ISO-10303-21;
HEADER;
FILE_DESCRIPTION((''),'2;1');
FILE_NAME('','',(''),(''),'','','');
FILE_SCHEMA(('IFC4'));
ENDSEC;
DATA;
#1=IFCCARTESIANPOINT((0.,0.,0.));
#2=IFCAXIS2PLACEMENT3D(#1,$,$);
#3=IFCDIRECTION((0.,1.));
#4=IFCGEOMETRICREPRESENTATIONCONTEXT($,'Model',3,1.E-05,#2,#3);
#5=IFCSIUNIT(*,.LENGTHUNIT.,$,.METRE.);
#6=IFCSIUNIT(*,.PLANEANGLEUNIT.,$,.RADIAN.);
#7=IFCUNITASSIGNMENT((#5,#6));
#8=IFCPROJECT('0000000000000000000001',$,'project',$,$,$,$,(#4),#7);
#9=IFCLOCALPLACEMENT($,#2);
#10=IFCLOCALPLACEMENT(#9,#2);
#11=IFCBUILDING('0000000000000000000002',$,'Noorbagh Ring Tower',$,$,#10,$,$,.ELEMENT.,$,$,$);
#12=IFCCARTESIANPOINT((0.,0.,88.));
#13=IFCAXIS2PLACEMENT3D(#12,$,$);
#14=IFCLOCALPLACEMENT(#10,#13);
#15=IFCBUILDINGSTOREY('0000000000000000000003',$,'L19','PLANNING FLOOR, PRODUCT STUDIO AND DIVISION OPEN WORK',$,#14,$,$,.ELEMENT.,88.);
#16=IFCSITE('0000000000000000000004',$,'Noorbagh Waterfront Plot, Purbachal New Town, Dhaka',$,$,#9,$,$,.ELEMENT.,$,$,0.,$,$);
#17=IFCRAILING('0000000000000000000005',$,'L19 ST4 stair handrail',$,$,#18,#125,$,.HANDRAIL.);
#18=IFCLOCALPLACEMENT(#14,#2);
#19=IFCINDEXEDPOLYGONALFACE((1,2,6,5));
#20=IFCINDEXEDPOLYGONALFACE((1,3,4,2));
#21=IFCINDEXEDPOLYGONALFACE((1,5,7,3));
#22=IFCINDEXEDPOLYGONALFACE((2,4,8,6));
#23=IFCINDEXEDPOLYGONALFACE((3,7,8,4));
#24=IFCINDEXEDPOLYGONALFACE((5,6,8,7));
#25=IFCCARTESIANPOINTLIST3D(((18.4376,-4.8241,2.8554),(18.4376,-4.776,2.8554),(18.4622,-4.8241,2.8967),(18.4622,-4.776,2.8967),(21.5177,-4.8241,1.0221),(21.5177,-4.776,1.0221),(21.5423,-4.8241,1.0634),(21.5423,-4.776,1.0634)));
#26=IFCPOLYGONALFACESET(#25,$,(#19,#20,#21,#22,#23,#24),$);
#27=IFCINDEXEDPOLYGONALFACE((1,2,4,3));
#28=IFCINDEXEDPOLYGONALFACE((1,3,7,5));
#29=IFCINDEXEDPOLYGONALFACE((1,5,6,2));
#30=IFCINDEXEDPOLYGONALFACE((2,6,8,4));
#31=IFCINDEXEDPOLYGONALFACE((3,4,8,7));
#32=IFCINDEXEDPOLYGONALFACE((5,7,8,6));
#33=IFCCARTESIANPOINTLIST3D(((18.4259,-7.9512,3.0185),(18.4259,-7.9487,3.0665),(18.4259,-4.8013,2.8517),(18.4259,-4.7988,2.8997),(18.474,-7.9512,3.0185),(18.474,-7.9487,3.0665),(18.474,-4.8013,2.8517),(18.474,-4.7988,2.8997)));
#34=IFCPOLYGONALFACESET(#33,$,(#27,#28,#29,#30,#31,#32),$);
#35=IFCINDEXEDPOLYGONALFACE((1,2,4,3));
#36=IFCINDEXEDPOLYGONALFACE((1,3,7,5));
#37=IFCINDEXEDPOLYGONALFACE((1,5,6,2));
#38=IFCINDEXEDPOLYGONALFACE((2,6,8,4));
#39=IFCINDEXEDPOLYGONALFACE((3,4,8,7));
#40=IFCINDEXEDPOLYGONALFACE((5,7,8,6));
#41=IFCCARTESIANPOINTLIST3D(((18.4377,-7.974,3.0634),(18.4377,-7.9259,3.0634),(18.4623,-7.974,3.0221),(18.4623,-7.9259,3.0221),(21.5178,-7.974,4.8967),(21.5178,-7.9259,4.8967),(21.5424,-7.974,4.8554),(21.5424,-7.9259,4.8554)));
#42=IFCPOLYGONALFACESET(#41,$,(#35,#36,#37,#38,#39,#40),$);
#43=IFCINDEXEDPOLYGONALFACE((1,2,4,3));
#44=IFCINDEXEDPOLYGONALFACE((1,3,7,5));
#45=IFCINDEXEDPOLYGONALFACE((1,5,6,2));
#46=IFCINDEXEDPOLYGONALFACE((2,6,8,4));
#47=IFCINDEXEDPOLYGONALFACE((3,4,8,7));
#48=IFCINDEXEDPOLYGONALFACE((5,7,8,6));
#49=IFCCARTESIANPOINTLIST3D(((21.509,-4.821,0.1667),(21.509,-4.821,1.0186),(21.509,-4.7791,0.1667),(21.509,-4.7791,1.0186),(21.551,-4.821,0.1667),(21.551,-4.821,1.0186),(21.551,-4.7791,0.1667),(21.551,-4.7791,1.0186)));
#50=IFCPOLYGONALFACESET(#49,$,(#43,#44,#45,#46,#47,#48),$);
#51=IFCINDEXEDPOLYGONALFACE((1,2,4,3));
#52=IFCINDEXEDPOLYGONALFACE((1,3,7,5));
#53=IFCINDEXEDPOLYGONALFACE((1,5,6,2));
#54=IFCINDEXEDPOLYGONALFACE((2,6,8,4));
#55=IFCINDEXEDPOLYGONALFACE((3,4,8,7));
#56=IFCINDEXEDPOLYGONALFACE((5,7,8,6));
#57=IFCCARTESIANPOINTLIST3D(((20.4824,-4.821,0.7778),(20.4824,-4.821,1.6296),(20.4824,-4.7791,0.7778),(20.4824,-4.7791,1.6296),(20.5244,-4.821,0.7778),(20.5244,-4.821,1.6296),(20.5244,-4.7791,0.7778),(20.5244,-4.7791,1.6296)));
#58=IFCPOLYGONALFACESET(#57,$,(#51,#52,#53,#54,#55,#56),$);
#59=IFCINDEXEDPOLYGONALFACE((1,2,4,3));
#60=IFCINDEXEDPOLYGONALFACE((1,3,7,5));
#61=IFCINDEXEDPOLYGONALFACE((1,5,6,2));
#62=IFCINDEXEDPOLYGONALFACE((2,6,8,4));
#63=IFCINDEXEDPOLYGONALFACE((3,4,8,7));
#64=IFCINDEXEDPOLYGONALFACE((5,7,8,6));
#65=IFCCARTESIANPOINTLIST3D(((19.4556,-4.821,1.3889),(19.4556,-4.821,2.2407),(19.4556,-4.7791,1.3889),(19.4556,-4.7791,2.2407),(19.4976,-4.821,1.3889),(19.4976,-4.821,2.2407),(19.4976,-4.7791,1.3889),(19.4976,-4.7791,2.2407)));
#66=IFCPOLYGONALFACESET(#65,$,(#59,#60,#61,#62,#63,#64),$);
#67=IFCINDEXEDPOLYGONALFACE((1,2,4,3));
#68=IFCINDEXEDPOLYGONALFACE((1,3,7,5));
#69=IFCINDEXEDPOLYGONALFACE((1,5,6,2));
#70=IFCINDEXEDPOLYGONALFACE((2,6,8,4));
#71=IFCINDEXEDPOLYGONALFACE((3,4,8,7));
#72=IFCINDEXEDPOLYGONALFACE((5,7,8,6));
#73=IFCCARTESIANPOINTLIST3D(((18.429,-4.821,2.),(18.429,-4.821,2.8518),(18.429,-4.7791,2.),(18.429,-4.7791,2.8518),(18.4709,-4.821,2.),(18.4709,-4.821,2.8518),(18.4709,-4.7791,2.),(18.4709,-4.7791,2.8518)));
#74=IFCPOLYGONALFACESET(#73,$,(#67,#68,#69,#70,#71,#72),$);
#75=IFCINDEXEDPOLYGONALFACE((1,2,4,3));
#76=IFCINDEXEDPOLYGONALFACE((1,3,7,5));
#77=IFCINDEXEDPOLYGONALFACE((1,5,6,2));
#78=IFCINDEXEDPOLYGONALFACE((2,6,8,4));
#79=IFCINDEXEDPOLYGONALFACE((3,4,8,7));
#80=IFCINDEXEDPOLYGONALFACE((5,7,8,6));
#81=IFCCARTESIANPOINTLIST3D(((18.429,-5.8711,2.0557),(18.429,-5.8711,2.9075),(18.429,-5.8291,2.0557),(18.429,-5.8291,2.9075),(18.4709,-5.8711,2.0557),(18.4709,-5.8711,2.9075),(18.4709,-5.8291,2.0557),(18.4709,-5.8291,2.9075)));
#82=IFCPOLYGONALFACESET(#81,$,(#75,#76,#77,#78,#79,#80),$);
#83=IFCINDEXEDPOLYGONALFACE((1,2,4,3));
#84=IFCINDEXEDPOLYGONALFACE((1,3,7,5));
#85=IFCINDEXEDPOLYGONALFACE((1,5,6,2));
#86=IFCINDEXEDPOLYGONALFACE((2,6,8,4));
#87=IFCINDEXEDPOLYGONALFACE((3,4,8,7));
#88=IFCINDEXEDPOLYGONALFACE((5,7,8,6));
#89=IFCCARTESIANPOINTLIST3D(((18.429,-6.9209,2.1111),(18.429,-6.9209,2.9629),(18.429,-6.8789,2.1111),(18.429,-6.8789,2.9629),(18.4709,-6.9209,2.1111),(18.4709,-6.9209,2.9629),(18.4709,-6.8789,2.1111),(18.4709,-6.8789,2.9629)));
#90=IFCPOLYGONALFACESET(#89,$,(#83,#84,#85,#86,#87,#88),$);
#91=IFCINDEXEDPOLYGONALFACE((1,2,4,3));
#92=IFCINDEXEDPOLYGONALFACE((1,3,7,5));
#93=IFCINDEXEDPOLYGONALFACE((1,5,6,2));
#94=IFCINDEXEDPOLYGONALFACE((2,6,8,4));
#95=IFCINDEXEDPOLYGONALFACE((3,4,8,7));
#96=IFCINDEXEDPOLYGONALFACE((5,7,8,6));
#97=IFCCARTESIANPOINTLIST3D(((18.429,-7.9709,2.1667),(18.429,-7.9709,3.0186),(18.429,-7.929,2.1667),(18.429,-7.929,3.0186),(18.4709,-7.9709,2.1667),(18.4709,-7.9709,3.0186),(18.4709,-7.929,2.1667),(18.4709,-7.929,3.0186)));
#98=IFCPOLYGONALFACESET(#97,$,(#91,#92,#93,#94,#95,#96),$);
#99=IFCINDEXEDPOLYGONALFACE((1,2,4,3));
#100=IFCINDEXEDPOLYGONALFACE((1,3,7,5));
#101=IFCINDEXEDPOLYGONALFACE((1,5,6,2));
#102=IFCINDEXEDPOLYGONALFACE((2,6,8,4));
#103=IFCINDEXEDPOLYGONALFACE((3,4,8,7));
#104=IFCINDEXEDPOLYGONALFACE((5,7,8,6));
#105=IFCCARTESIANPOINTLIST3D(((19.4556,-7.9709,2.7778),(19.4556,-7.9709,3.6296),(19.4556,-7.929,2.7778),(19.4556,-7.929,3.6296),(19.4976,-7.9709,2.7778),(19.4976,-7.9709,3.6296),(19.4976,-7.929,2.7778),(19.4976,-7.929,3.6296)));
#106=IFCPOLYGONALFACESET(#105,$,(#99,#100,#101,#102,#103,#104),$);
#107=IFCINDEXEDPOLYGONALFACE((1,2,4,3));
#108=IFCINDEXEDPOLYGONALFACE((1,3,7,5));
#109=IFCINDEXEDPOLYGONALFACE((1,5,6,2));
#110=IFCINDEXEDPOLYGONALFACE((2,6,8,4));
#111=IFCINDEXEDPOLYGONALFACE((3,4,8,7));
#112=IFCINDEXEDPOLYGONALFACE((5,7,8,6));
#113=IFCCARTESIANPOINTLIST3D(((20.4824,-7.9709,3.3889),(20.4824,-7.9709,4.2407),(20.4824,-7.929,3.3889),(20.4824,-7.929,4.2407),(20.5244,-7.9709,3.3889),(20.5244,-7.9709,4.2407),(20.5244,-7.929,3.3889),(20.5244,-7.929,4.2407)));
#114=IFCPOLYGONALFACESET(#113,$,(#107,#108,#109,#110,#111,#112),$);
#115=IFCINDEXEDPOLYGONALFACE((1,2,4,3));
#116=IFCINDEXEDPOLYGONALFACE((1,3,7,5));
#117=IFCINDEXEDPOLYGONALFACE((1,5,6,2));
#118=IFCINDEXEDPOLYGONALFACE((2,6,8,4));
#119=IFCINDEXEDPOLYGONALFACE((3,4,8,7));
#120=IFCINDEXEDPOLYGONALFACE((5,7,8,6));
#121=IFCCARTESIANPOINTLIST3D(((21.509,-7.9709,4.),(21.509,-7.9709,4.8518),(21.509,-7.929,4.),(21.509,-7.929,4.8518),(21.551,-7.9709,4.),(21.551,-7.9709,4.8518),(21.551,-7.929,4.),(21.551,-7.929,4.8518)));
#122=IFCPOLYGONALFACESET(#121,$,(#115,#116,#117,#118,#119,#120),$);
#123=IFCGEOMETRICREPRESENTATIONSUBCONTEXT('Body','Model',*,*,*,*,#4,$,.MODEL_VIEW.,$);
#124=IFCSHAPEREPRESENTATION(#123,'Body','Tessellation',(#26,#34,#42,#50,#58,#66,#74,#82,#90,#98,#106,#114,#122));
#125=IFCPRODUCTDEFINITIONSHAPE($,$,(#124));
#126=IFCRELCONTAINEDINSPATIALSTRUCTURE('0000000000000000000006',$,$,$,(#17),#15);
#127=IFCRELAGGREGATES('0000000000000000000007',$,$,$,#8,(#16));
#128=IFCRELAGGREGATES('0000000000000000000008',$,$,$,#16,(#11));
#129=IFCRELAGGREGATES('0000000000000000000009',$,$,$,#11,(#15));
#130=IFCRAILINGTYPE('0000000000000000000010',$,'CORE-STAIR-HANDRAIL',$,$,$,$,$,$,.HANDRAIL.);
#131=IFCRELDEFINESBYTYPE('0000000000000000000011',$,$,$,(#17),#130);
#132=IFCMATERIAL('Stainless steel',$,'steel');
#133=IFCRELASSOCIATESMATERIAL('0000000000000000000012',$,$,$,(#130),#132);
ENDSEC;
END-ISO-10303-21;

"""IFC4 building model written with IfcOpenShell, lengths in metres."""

from ifc_helpers import new_model, si_unit, direction, frame, origin, origin_2d, place, context, subcontext, project, spatial, rectangle, extrude, material, type_object, element, save


model = new_model("IFC4")

# Units and contexts
model_context = context("Model", 3, precision=1e-05, world=origin(), true_north=direction((0.0, 1.0)))
body_context = subcontext(model_context, "Body", "Model", "MODEL_VIEW")
ifc_project = project(units=[si_unit("LENGTHUNIT", "METRE"), si_unit("PLANEANGLEUNIT", "RADIAN")], contexts=[model_context])

# Site, building, storey
site_placement = place(None, origin())
site = spatial("IfcSite", under=ifc_project, at=site_placement, Name="Noorbagh Waterfront Plot, Purbachal New Town, Dhaka", CompositionType="ELEMENT", RefElevation=0.0)
building_placement = place(site_placement, origin())
building = spatial("IfcBuilding", under=site, at=building_placement, Name="Noorbagh Ring Tower", CompositionType="ELEMENT")
storey_placement = place(building_placement, frame((0.0, 0.0, 88.0)))
storey = spatial("IfcBuildingStorey", under=building, at=storey_placement, Name="L19", Description="PLANNING FLOOR, PRODUCT STUDIO AND DIVISION OPEN WORK", CompositionType="ELEMENT", Elevation=88.0)

# Railing
ifc_material_1 = material(Name="Stainless steel", Category="steel")
railing_type_1 = type_object("IfcRailingType", Name="CORE-STAIR-HANDRAIL", PredefinedType="HANDRAIL", material=ifc_material_1)
railing_1_placement = place(storey_placement, frame((21.53, -4.8, 0.1667)))
element("IfcRailing", 1, at=railing_1_placement, inside=storey, type_object=railing_type_1, Name="L19 ST4 stair handrail", PredefinedType="HANDRAIL", context=body_context, shape_type="SweptSolid", body=[
    extrude(rectangle(XDim=0.0481, YDim=0.0481, at=origin_2d()), frame((0.0, 0.0, 0.876), z_axis=(-0.859309, 0.0, 0.511458), x_axis=(0.0, -1.0, 0.0)), (0.0, 0.0, 1.0), 3.5845),
    extrude(rectangle(XDim=0.0481, YDim=0.0481, at=origin_2d()), frame((-3.0801, 0.0, 2.709), z_axis=(0.0, -0.998602, 0.052864), x_axis=(1.0, 0.0, 0.0)), (0.0, 0.0, 1.0), 3.1543),
    extrude(rectangle(XDim=0.0481, YDim=0.0481, at=origin_2d()), frame((-3.0801, -3.1499, 2.876), z_axis=(0.859309, 0.0, 0.511458), x_axis=(0.0, 1.0, 0.0)), (0.0, 0.0, 1.0), 3.5845),
    extrude(rectangle(XDim=0.042, YDim=0.042, at=origin_2d()), origin(), (0.0, 0.0, 1.0), 0.8518),
    extrude(rectangle(XDim=0.042, YDim=0.042, at=origin_2d()), frame((-1.0266, 0.0, 0.6111)), (0.0, 0.0, 1.0), 0.8518),
    extrude(rectangle(XDim=0.042, YDim=0.042, at=origin_2d()), frame((-2.0535, 0.0, 1.2222)), (0.0, 0.0, 1.0), 0.8518),
    extrude(rectangle(XDim=0.042, YDim=0.042, at=origin_2d()), frame((-3.0801, 0.0, 1.8333)), (0.0, 0.0, 1.0), 0.8518),
    extrude(rectangle(XDim=0.042, YDim=0.042, at=origin_2d()), frame((-3.0801, -1.05, 1.8889)), (0.0, 0.0, 1.0), 0.8518),
    extrude(rectangle(XDim=0.042, YDim=0.042, at=origin_2d()), frame((-3.0801, -2.0999, 1.9443)), (0.0, 0.0, 1.0), 0.8518),
    extrude(rectangle(XDim=0.042, YDim=0.042, at=origin_2d()), frame((-3.0801, -3.1499, 2.0)), (0.0, 0.0, 1.0), 0.8518),
    extrude(rectangle(XDim=0.042, YDim=0.042, at=origin_2d()), frame((-2.0535, -3.1499, 2.6111)), (0.0, 0.0, 1.0), 0.8518),
    extrude(rectangle(XDim=0.042, YDim=0.042, at=origin_2d()), frame((-1.0266, -3.1499, 3.2222)), (0.0, 0.0, 1.0), 0.8518),
    extrude(rectangle(XDim=0.042, YDim=0.042, at=origin_2d()), frame((0.0, -3.1499, 3.8333)), (0.0, 0.0, 1.0), 0.8518),
])

save(model, "model.ifc")
